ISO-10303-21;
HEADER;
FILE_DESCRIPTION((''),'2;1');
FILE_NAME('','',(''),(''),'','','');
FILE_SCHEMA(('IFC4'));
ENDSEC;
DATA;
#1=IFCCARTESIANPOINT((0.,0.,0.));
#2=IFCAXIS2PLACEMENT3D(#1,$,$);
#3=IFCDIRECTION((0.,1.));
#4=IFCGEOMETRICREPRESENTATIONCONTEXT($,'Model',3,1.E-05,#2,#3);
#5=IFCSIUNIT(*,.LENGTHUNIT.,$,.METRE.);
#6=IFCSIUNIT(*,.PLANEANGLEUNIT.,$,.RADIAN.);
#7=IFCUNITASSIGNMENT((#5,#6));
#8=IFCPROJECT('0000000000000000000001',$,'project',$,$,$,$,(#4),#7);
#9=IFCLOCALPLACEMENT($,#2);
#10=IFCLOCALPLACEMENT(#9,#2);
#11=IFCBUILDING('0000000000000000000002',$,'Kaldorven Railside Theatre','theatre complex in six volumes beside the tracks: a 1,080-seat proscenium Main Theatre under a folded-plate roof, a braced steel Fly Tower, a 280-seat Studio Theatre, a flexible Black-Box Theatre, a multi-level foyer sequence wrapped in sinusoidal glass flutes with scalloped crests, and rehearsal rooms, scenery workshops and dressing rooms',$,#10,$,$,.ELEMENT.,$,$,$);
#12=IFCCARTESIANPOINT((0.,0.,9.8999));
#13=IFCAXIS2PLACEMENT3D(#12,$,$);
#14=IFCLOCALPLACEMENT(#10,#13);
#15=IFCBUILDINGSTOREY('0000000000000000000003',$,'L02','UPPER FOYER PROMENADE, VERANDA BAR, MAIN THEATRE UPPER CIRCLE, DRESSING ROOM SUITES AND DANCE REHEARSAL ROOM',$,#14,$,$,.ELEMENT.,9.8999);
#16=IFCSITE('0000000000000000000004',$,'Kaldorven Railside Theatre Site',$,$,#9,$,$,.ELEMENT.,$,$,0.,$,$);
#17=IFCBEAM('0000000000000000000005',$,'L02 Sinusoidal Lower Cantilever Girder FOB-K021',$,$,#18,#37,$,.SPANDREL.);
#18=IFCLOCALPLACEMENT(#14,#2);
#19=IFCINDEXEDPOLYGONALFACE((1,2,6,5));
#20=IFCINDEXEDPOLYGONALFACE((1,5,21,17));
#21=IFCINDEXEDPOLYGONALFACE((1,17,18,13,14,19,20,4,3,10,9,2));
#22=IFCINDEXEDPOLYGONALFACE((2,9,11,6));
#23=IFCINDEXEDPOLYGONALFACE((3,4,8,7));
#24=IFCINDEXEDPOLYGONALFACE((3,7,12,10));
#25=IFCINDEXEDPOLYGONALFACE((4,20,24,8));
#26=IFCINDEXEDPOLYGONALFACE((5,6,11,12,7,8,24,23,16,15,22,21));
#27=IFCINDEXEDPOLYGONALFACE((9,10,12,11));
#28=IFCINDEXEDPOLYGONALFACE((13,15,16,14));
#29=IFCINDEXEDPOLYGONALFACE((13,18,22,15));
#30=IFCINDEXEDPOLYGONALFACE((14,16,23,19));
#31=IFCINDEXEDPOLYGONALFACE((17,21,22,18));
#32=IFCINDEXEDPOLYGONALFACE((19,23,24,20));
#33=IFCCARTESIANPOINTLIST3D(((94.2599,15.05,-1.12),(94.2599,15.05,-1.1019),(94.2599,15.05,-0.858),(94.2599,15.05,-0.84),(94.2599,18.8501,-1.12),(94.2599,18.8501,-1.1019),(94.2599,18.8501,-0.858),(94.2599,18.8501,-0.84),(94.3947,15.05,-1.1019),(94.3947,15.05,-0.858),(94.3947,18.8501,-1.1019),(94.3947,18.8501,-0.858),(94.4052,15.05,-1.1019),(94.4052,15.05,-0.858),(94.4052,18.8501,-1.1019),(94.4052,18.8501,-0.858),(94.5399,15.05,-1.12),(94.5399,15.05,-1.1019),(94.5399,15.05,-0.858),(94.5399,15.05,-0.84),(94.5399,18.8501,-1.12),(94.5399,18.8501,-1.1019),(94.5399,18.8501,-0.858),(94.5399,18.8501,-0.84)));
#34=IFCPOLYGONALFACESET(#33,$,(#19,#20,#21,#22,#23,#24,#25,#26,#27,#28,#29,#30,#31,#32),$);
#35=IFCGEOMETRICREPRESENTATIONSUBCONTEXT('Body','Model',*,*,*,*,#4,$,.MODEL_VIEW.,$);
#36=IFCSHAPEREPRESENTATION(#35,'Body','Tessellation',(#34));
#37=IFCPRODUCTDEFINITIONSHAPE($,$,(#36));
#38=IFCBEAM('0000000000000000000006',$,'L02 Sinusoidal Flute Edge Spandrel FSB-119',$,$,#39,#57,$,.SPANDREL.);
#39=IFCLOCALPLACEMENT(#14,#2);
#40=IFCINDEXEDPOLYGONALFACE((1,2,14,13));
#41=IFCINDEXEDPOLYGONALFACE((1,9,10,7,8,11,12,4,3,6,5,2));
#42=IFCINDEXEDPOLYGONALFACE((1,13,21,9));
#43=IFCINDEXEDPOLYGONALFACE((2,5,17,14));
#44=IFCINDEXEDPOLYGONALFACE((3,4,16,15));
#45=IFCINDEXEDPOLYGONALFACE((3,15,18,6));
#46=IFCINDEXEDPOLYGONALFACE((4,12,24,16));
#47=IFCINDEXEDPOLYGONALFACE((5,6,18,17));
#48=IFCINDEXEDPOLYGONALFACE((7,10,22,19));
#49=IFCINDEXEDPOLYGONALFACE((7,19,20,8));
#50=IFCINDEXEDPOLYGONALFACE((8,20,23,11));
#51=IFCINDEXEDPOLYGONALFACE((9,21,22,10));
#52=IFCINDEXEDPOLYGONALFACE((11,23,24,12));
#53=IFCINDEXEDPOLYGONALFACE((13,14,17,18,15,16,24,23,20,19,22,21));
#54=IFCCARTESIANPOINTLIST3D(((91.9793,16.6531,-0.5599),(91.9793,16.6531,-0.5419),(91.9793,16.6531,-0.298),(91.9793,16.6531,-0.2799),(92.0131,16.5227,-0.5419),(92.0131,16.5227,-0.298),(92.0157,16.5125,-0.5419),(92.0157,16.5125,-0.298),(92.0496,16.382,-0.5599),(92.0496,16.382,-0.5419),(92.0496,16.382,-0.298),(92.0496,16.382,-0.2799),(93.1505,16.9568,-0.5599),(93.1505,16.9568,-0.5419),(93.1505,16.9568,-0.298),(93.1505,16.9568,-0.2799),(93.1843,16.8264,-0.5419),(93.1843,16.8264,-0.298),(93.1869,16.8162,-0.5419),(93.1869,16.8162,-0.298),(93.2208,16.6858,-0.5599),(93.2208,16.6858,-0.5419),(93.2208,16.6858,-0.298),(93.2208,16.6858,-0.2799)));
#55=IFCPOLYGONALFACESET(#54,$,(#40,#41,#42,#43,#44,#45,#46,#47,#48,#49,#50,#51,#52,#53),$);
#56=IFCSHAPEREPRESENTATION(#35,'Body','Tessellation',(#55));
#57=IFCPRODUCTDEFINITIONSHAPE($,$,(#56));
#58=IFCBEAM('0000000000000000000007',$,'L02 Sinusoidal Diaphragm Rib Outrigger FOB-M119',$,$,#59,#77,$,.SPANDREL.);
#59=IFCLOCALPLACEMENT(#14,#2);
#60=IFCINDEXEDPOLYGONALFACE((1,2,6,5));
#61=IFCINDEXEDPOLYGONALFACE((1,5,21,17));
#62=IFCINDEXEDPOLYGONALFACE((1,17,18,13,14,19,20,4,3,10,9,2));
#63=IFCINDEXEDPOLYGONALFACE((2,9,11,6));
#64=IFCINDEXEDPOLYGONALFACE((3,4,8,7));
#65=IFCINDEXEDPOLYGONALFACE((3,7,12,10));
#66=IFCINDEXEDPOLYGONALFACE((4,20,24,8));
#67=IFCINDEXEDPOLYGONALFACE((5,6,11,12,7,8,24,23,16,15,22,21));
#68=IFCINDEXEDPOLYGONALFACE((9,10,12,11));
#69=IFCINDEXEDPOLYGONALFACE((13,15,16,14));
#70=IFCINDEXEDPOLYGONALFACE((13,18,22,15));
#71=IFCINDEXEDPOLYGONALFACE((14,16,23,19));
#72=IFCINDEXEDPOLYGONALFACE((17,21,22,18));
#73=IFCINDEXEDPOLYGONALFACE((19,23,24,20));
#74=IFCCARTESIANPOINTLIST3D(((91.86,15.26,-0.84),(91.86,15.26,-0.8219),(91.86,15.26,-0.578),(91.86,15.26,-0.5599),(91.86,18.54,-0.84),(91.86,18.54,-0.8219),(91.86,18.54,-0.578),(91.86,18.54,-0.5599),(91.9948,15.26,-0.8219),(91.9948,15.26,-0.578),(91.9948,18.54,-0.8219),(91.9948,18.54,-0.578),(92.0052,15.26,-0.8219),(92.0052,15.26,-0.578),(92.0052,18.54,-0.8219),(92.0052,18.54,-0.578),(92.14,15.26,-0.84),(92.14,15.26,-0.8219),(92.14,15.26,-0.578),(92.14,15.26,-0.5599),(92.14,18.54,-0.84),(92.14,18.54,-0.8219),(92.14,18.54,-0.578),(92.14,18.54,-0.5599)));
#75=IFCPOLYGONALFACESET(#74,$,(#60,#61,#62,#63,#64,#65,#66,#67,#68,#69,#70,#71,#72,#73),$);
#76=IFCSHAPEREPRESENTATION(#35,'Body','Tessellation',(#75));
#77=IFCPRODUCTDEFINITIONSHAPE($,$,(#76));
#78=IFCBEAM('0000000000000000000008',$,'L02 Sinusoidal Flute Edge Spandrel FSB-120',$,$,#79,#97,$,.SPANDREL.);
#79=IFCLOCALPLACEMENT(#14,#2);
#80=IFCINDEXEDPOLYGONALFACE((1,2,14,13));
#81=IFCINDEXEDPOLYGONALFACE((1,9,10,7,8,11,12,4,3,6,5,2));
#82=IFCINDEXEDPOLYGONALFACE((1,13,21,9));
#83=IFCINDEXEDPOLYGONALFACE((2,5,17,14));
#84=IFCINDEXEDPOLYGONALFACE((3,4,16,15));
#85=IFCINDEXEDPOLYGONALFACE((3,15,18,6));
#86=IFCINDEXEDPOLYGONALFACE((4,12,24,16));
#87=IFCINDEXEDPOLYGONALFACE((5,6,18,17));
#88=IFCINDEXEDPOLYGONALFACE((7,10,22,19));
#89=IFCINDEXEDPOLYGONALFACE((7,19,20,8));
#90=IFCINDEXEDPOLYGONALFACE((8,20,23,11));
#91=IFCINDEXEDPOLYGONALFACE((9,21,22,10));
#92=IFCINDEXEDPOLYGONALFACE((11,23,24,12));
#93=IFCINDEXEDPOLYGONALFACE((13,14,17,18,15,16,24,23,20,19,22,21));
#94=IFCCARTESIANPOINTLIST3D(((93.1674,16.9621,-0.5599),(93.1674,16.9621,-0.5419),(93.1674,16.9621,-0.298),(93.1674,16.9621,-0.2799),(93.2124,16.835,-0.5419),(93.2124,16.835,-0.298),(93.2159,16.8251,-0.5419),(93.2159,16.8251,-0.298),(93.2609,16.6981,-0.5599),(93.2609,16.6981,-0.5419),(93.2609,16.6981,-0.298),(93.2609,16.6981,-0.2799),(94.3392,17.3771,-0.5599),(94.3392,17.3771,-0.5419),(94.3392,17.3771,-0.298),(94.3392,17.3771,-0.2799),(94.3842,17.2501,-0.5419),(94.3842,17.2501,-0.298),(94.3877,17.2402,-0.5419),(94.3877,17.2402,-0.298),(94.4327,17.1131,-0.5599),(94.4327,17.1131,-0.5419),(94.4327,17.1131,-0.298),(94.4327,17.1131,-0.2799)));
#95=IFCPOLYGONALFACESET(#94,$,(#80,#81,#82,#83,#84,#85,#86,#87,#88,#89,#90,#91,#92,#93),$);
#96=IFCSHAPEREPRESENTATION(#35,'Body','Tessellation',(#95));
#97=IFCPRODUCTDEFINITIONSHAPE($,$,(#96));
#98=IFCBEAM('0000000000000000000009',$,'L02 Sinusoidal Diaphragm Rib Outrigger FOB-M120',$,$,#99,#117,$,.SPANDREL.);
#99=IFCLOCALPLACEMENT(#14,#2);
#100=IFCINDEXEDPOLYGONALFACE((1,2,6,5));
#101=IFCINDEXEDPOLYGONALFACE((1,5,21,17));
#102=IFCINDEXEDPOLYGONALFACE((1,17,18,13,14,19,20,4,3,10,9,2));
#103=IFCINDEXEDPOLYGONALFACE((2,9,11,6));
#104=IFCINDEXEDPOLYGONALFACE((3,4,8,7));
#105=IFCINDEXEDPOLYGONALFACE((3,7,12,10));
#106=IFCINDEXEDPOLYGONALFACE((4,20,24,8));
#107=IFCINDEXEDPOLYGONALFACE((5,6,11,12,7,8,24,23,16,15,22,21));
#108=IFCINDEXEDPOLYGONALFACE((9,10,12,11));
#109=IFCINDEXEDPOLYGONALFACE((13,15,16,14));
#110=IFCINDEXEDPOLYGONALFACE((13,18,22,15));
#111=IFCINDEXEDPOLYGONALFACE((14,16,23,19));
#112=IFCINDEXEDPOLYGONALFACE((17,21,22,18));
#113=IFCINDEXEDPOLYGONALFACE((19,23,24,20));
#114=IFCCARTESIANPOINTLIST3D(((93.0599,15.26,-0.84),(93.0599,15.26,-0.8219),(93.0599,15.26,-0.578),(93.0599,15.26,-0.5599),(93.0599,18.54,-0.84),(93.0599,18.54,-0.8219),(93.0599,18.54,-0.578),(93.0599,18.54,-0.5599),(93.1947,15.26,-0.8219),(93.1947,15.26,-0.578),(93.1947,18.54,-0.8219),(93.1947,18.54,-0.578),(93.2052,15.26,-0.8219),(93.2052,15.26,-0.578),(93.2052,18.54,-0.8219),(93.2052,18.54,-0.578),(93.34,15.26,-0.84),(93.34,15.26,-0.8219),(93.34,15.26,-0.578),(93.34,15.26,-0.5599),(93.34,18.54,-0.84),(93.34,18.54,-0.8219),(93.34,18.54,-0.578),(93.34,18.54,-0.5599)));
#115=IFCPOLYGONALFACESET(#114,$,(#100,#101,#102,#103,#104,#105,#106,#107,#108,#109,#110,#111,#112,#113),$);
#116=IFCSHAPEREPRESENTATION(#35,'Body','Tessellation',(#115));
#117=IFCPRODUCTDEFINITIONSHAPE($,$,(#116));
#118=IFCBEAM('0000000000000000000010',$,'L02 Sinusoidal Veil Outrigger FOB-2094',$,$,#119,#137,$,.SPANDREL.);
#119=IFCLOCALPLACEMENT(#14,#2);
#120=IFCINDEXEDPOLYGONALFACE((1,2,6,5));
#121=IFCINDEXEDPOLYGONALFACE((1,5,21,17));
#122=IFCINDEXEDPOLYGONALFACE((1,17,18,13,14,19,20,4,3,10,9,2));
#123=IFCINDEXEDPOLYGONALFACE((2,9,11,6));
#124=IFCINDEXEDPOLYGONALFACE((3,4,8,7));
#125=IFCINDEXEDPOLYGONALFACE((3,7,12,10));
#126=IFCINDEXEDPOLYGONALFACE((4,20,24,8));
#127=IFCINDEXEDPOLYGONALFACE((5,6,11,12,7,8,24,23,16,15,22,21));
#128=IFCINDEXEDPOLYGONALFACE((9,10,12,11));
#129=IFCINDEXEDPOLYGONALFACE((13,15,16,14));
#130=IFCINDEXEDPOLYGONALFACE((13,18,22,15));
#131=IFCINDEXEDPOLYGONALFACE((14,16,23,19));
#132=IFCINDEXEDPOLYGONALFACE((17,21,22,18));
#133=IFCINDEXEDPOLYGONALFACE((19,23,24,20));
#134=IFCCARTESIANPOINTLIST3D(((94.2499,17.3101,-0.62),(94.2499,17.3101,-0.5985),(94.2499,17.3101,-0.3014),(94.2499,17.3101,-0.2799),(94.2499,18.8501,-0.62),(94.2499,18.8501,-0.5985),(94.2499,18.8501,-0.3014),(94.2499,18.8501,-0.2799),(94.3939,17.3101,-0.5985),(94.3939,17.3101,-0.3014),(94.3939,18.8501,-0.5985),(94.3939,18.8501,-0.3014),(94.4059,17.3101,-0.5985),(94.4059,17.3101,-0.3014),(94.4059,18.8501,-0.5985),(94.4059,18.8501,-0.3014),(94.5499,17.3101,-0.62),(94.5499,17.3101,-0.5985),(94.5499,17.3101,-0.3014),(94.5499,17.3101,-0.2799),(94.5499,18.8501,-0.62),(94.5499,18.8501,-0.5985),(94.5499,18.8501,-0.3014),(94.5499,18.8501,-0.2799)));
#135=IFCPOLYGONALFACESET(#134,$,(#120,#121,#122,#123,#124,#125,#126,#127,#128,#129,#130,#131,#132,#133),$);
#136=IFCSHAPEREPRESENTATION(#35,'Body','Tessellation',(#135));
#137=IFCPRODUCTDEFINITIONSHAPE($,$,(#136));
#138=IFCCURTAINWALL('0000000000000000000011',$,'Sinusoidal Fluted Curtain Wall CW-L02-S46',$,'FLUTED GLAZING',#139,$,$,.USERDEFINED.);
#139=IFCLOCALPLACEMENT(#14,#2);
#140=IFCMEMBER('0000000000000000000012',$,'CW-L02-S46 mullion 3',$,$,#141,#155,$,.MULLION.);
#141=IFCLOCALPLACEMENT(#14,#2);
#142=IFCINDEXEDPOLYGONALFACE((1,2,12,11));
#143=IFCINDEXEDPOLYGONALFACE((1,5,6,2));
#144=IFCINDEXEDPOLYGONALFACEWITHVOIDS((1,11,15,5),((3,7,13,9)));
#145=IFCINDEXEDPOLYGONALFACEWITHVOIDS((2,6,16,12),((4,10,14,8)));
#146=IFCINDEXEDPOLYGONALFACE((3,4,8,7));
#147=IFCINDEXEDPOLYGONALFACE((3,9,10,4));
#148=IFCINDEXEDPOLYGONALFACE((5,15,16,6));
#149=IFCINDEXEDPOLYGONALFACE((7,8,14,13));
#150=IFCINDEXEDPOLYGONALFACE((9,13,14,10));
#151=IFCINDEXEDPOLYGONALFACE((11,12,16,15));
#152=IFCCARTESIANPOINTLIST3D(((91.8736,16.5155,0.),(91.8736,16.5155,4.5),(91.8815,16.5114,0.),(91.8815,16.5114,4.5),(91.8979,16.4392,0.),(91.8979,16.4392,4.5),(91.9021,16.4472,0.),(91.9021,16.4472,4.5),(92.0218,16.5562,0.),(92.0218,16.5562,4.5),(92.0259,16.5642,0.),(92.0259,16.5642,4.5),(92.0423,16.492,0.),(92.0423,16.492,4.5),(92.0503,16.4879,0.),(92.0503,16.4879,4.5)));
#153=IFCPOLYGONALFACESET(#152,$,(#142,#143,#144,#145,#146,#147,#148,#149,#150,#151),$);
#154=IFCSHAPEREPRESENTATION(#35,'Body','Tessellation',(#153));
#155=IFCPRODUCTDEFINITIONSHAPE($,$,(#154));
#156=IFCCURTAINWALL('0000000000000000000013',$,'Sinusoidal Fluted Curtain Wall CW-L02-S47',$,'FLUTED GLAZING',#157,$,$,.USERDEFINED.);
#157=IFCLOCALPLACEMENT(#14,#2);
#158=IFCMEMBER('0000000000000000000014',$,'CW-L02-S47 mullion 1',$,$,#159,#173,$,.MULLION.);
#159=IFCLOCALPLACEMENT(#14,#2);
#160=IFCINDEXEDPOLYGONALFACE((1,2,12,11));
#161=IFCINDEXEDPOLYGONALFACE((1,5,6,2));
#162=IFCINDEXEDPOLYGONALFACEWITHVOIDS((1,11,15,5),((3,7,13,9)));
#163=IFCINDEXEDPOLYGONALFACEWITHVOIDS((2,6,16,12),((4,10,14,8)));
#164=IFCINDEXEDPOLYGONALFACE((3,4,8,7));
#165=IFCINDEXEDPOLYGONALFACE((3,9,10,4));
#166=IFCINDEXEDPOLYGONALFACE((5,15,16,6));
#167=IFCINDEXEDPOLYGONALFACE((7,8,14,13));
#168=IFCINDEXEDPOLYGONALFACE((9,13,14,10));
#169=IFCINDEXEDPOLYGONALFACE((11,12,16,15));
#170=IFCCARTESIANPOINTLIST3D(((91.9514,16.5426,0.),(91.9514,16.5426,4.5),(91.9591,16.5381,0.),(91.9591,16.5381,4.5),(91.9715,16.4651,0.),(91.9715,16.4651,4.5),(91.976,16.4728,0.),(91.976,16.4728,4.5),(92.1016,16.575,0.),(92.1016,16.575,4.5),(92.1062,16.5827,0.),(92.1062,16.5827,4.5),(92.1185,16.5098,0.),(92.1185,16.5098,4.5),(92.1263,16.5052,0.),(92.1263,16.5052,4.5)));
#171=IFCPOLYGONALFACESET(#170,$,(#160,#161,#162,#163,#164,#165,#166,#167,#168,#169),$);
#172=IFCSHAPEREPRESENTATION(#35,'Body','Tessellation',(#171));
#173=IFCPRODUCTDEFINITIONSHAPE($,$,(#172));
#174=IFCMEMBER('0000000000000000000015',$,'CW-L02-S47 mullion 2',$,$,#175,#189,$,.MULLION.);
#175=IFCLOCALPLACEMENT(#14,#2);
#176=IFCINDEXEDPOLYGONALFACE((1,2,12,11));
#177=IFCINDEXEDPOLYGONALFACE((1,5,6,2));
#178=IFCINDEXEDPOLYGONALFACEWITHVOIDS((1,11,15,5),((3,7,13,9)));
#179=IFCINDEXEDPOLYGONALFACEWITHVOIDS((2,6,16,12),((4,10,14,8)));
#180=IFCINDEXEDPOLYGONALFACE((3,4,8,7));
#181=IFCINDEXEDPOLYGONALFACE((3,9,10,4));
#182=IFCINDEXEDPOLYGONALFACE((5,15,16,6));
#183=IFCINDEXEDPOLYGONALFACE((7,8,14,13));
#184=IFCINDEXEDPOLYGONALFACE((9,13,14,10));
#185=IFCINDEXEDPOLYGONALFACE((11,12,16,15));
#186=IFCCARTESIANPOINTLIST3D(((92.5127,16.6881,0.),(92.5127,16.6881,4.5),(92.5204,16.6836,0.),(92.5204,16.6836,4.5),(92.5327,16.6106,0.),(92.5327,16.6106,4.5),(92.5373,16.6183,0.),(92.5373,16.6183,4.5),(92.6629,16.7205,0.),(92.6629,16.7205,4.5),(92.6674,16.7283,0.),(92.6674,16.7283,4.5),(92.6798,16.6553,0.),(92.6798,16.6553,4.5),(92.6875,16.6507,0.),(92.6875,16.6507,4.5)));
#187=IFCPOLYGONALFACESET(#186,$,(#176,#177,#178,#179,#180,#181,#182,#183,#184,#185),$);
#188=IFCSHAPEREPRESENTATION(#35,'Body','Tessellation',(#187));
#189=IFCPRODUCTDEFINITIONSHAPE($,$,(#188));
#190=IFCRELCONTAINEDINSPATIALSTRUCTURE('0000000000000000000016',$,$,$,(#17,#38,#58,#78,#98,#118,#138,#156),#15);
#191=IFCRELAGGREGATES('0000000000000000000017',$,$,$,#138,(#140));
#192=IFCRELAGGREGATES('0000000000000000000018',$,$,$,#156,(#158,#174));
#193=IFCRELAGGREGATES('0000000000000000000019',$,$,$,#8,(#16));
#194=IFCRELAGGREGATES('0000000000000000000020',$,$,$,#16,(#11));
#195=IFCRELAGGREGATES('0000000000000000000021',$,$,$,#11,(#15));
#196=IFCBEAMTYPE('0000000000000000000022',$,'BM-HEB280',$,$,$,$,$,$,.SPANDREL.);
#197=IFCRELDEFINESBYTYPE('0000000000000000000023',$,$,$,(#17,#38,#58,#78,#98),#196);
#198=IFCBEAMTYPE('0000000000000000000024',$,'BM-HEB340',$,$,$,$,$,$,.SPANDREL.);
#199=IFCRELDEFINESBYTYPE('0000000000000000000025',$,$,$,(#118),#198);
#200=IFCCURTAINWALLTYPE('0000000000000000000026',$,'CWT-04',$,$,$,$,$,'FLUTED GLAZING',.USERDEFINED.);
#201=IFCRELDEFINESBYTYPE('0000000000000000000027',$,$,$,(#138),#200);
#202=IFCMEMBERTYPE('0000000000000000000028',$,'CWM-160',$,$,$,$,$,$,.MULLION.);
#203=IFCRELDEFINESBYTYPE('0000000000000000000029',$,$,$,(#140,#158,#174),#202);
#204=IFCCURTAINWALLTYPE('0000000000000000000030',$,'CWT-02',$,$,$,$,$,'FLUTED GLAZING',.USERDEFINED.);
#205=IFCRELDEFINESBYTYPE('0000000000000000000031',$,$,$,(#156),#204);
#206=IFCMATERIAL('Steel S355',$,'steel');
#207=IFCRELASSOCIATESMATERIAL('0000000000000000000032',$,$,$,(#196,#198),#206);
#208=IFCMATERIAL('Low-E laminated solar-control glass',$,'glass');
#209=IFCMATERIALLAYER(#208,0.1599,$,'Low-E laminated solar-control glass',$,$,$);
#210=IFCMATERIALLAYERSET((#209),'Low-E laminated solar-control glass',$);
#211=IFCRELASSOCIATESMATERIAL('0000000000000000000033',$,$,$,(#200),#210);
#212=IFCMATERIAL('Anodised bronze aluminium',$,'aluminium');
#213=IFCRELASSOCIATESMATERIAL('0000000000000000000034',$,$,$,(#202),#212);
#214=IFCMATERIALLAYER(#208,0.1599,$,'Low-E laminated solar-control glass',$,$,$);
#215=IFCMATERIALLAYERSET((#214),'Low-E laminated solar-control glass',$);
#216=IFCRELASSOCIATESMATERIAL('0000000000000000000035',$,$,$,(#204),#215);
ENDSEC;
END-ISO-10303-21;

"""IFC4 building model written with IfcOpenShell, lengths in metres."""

from ifc_helpers import new_model, si_unit, direction, frame, origin, origin_2d, place, context, subcontext, project, spatial, hollow_rectangle, i_section, extrude, material, layer, layer_set, material_profile, profile_set, type_object, element, aggregate, save


model = new_model("IFC4")

# Units and contexts
model_context = context("Model", 3, precision=1e-05, world=origin(), true_north=direction((0.0, 1.0)))
body_context = subcontext(model_context, "Body", "Model", "MODEL_VIEW")
ifc_project = project(units=[si_unit("LENGTHUNIT", "METRE"), si_unit("PLANEANGLEUNIT", "RADIAN")], contexts=[model_context])

# Site, building, storey
site_placement = place(None, origin())
site = spatial("IfcSite", under=ifc_project, at=site_placement, Name="Kaldorven Railside Theatre Site", CompositionType="ELEMENT", RefElevation=0.0)
building_placement = place(site_placement, origin())
building = spatial("IfcBuilding", under=site, at=building_placement, Name="Kaldorven Railside Theatre", Description="theatre complex in six volumes beside the tracks: a 1,080-seat proscenium Main Theatre under a folded-plate roof, a braced steel Fly Tower, a 280-seat Studio Theatre, a flexible Black-Box Theatre, a multi-level foyer sequence wrapped in sinusoidal glass flutes with scalloped crests, and rehearsal rooms, scenery workshops and dressing rooms", CompositionType="ELEMENT")
storey_placement = place(building_placement, frame((0.0, 0.0, 9.8999)))
storey = spatial("IfcBuildingStorey", under=building, at=storey_placement, Name="L02", Description="UPPER FOYER PROMENADE, VERANDA BAR, MAIN THEATRE UPPER CIRCLE, DRESSING ROOM SUITES AND DANCE REHEARSAL ROOM", CompositionType="ELEMENT", Elevation=9.8999)

# Beams
ifc_material_1 = material(Name="Steel S355", Category="steel")
ifc_material_profile_1 = material_profile(ifc_material_1, i_section(OverallWidth=0.28, OverallDepth=0.28, WebThickness=0.0105, FlangeThickness=0.0181, at=origin_2d()), Name="HEB 280")
ifc_profile_set_1 = profile_set([ifc_material_profile_1], Name="Steel S355")
beam_type_1 = type_object("IfcBeamType", Name="BM-HEB280", PredefinedType="SPANDREL", material=ifc_profile_set_1)
beam_1_placement = place(storey_placement, frame((94.3999, 15.05, -0.98), z_axis=(0.0, 1.0, 0.0), x_axis=(-1.0, 0.0, 0.0)))
element("IfcBeam", 1, at=beam_1_placement, inside=storey, type_object=beam_type_1, Name="L02 Sinusoidal Lower Cantilever Girder FOB-K021", PredefinedType="SPANDREL", context=body_context, shape_type="SweptSolid", body=[
    extrude(i_section(OverallWidth=0.28, OverallDepth=0.28, WebThickness=0.0105, FlangeThickness=0.0181, at=origin_2d()), origin(), (0.0, 0.0, 1.0), 3.8),
])
beam_2_placement = place(storey_placement, frame((92.0144, 16.5176, -0.4199), z_axis=(0.967981, 0.251025, 0.0), x_axis=(-0.251025, 0.967981, 0.0)))
element("IfcBeam", 2, at=beam_2_placement, inside=storey, type_object=beam_type_1, Name="L02 Sinusoidal Flute Edge Spandrel FSB-119", PredefinedType="SPANDREL", context=body_context, shape_type="SweptSolid", body=[
    extrude(i_section(OverallWidth=0.28, OverallDepth=0.28, WebThickness=0.0105, FlangeThickness=0.0181, at=origin_2d()), origin(), (0.0, 0.0, 1.0), 1.21),
])
beam_3_placement = place(storey_placement, frame((92.0, 15.26, -0.7), z_axis=(0.0, 1.0, 0.0), x_axis=(-1.0, 0.0, 0.0)))
element("IfcBeam", 3, at=beam_3_placement, inside=storey, type_object=beam_type_1, Name="L02 Sinusoidal Diaphragm Rib Outrigger FOB-M119", PredefinedType="SPANDREL", context=body_context, shape_type="SweptSolid", body=[
    extrude(i_section(OverallWidth=0.28, OverallDepth=0.28, WebThickness=0.0105, FlangeThickness=0.0181, at=origin_2d()), origin(), (0.0, 0.0, 1.0), 3.28),
])
beam_4_placement = place(storey_placement, frame((93.2141, 16.8301, -0.4199), z_axis=(0.942627, 0.333847, 0.0), x_axis=(-0.333847, 0.942627, 0.0)))
element("IfcBeam", 4, at=beam_4_placement, inside=storey, type_object=beam_type_1, Name="L02 Sinusoidal Flute Edge Spandrel FSB-120", PredefinedType="SPANDREL", context=body_context, shape_type="SweptSolid", body=[
    extrude(i_section(OverallWidth=0.28, OverallDepth=0.28, WebThickness=0.0105, FlangeThickness=0.0181, at=origin_2d()), origin(), (0.0, 0.0, 1.0), 1.2432),
])
beam_5_placement = place(storey_placement, frame((93.2, 15.26, -0.7), z_axis=(0.0, 1.0, 0.0), x_axis=(-1.0, 0.0, 0.0)))
element("IfcBeam", 5, at=beam_5_placement, inside=storey, type_object=beam_type_1, Name="L02 Sinusoidal Diaphragm Rib Outrigger FOB-M120", PredefinedType="SPANDREL", context=body_context, shape_type="SweptSolid", body=[
    extrude(i_section(OverallWidth=0.28, OverallDepth=0.28, WebThickness=0.0105, FlangeThickness=0.0181, at=origin_2d()), origin(), (0.0, 0.0, 1.0), 3.28),
])
ifc_material_profile_2 = material_profile(ifc_material_1, i_section(OverallWidth=0.3, OverallDepth=0.3401, WebThickness=0.012, FlangeThickness=0.0215, at=origin_2d()), Name="HEB 340")
ifc_profile_set_2 = profile_set([ifc_material_profile_2], Name="Steel S355")
beam_type_2 = type_object("IfcBeamType", Name="BM-HEB340", PredefinedType="SPANDREL", material=ifc_profile_set_2)
beam_6_placement = place(storey_placement, frame((94.3999, 17.3101, -0.45), z_axis=(0.0, 1.0, 0.0), x_axis=(-1.0, 0.0, 0.0)))
element("IfcBeam", 6, at=beam_6_placement, inside=storey, type_object=beam_type_2, Name="L02 Sinusoidal Veil Outrigger FOB-2094", PredefinedType="SPANDREL", context=body_context, shape_type="SweptSolid", body=[
    extrude(i_section(OverallWidth=0.3, OverallDepth=0.3401, WebThickness=0.012, FlangeThickness=0.0215, at=origin_2d()), origin(), (0.0, 0.0, 1.0), 1.54),
])

# Curtain wall, member
ifc_material_2 = material(Name="Low-E laminated solar-control glass", Category="glass")
ifc_layer_1 = layer(ifc_material_2, 0.1599, Name="Low-E laminated solar-control glass")
ifc_layer_set_1 = layer_set([ifc_layer_1], Name="Low-E laminated solar-control glass")
curtain_wall_type_1 = type_object("IfcCurtainWallType", Name="CWT-04", ElementType="FLUTED GLAZING", PredefinedType="USERDEFINED", material=ifc_layer_set_1)
curtain_wall_1_placement = place(storey_placement, origin())
curtain_wall_1 = element("IfcCurtainWall", 7, at=curtain_wall_1_placement, inside=storey, type_object=curtain_wall_type_1, Name="Sinusoidal Fluted Curtain Wall CW-L02-S46", ObjectType="FLUTED GLAZING", PredefinedType="USERDEFINED")
ifc_material_3 = material(Name="Anodised bronze aluminium", Category="aluminium")
ifc_material_profile_3 = material_profile(ifc_material_3, hollow_rectangle(XDim=0.0801, YDim=0.1599, WallThickness=0.0063, at=origin_2d()), Name="RHS 160x80x6.3")
ifc_profile_set_3 = profile_set([ifc_material_profile_3], Name="Anodised bronze aluminium")
member_type_1 = type_object("IfcMemberType", Name="CWM-160", PredefinedType="MULLION", material=ifc_profile_set_3)
member_1_placement = place(storey_placement, frame((91.9619, 16.5017, 0.0), z_axis=(0.0, 0.0, 1.0), x_axis=(-0.304488, 0.952516, 0.0)))
member_1 = element("IfcMember", 8, at=member_1_placement, type_object=member_type_1, Name="CW-L02-S46 mullion 3", PredefinedType="MULLION", context=body_context, shape_type="SweptSolid", body=[
    extrude(hollow_rectangle(XDim=0.0801, YDim=0.1599, WallThickness=0.0063, at=origin_2d()), origin(), (0.0, 0.0, 1.0), 4.5),
])

# Curtain wall, members
ifc_layer_2 = layer(ifc_material_2, 0.1599, Name="Low-E laminated solar-control glass")
ifc_layer_set_2 = layer_set([ifc_layer_2], Name="Low-E laminated solar-control glass")
curtain_wall_type_2 = type_object("IfcCurtainWallType", Name="CWT-02", ElementType="FLUTED GLAZING", PredefinedType="USERDEFINED", material=ifc_layer_set_2)
curtain_wall_2_placement = place(storey_placement, origin())
curtain_wall_2 = element("IfcCurtainWall", 9, at=curtain_wall_2_placement, inside=storey, type_object=curtain_wall_type_2, Name="Sinusoidal Fluted Curtain Wall CW-L02-S47", ObjectType="FLUTED GLAZING", PredefinedType="USERDEFINED")
member_2_placement = place(storey_placement, frame((92.0388, 16.5239, 0.0), z_axis=(0.0, 0.0, 1.0), x_axis=(-0.250954, 0.967999, 0.0)))
member_2 = element("IfcMember", 10, at=member_2_placement, type_object=member_type_1, Name="CW-L02-S47 mullion 1", PredefinedType="MULLION", context=body_context, shape_type="SweptSolid", body=[
    extrude(hollow_rectangle(XDim=0.0801, YDim=0.1599, WallThickness=0.0063, at=origin_2d()), origin(), (0.0, 0.0, 1.0), 4.5),
])
member_3_placement = place(storey_placement, frame((92.6001, 16.6694, 0.0), z_axis=(0.0, 0.0, 1.0), x_axis=(-0.250954, 0.967999, 0.0)))
member_3 = element("IfcMember", 11, at=member_3_placement, type_object=member_type_1, Name="CW-L02-S47 mullion 2", PredefinedType="MULLION", context=body_context, shape_type="SweptSolid", body=[
    extrude(hollow_rectangle(XDim=0.0801, YDim=0.1599, WallThickness=0.0063, at=origin_2d()), origin(), (0.0, 0.0, 1.0), 4.5),
])

aggregate(curtain_wall_1, [member_1])
aggregate(curtain_wall_2, [member_2, member_3])

save(model, "model.ifc")
